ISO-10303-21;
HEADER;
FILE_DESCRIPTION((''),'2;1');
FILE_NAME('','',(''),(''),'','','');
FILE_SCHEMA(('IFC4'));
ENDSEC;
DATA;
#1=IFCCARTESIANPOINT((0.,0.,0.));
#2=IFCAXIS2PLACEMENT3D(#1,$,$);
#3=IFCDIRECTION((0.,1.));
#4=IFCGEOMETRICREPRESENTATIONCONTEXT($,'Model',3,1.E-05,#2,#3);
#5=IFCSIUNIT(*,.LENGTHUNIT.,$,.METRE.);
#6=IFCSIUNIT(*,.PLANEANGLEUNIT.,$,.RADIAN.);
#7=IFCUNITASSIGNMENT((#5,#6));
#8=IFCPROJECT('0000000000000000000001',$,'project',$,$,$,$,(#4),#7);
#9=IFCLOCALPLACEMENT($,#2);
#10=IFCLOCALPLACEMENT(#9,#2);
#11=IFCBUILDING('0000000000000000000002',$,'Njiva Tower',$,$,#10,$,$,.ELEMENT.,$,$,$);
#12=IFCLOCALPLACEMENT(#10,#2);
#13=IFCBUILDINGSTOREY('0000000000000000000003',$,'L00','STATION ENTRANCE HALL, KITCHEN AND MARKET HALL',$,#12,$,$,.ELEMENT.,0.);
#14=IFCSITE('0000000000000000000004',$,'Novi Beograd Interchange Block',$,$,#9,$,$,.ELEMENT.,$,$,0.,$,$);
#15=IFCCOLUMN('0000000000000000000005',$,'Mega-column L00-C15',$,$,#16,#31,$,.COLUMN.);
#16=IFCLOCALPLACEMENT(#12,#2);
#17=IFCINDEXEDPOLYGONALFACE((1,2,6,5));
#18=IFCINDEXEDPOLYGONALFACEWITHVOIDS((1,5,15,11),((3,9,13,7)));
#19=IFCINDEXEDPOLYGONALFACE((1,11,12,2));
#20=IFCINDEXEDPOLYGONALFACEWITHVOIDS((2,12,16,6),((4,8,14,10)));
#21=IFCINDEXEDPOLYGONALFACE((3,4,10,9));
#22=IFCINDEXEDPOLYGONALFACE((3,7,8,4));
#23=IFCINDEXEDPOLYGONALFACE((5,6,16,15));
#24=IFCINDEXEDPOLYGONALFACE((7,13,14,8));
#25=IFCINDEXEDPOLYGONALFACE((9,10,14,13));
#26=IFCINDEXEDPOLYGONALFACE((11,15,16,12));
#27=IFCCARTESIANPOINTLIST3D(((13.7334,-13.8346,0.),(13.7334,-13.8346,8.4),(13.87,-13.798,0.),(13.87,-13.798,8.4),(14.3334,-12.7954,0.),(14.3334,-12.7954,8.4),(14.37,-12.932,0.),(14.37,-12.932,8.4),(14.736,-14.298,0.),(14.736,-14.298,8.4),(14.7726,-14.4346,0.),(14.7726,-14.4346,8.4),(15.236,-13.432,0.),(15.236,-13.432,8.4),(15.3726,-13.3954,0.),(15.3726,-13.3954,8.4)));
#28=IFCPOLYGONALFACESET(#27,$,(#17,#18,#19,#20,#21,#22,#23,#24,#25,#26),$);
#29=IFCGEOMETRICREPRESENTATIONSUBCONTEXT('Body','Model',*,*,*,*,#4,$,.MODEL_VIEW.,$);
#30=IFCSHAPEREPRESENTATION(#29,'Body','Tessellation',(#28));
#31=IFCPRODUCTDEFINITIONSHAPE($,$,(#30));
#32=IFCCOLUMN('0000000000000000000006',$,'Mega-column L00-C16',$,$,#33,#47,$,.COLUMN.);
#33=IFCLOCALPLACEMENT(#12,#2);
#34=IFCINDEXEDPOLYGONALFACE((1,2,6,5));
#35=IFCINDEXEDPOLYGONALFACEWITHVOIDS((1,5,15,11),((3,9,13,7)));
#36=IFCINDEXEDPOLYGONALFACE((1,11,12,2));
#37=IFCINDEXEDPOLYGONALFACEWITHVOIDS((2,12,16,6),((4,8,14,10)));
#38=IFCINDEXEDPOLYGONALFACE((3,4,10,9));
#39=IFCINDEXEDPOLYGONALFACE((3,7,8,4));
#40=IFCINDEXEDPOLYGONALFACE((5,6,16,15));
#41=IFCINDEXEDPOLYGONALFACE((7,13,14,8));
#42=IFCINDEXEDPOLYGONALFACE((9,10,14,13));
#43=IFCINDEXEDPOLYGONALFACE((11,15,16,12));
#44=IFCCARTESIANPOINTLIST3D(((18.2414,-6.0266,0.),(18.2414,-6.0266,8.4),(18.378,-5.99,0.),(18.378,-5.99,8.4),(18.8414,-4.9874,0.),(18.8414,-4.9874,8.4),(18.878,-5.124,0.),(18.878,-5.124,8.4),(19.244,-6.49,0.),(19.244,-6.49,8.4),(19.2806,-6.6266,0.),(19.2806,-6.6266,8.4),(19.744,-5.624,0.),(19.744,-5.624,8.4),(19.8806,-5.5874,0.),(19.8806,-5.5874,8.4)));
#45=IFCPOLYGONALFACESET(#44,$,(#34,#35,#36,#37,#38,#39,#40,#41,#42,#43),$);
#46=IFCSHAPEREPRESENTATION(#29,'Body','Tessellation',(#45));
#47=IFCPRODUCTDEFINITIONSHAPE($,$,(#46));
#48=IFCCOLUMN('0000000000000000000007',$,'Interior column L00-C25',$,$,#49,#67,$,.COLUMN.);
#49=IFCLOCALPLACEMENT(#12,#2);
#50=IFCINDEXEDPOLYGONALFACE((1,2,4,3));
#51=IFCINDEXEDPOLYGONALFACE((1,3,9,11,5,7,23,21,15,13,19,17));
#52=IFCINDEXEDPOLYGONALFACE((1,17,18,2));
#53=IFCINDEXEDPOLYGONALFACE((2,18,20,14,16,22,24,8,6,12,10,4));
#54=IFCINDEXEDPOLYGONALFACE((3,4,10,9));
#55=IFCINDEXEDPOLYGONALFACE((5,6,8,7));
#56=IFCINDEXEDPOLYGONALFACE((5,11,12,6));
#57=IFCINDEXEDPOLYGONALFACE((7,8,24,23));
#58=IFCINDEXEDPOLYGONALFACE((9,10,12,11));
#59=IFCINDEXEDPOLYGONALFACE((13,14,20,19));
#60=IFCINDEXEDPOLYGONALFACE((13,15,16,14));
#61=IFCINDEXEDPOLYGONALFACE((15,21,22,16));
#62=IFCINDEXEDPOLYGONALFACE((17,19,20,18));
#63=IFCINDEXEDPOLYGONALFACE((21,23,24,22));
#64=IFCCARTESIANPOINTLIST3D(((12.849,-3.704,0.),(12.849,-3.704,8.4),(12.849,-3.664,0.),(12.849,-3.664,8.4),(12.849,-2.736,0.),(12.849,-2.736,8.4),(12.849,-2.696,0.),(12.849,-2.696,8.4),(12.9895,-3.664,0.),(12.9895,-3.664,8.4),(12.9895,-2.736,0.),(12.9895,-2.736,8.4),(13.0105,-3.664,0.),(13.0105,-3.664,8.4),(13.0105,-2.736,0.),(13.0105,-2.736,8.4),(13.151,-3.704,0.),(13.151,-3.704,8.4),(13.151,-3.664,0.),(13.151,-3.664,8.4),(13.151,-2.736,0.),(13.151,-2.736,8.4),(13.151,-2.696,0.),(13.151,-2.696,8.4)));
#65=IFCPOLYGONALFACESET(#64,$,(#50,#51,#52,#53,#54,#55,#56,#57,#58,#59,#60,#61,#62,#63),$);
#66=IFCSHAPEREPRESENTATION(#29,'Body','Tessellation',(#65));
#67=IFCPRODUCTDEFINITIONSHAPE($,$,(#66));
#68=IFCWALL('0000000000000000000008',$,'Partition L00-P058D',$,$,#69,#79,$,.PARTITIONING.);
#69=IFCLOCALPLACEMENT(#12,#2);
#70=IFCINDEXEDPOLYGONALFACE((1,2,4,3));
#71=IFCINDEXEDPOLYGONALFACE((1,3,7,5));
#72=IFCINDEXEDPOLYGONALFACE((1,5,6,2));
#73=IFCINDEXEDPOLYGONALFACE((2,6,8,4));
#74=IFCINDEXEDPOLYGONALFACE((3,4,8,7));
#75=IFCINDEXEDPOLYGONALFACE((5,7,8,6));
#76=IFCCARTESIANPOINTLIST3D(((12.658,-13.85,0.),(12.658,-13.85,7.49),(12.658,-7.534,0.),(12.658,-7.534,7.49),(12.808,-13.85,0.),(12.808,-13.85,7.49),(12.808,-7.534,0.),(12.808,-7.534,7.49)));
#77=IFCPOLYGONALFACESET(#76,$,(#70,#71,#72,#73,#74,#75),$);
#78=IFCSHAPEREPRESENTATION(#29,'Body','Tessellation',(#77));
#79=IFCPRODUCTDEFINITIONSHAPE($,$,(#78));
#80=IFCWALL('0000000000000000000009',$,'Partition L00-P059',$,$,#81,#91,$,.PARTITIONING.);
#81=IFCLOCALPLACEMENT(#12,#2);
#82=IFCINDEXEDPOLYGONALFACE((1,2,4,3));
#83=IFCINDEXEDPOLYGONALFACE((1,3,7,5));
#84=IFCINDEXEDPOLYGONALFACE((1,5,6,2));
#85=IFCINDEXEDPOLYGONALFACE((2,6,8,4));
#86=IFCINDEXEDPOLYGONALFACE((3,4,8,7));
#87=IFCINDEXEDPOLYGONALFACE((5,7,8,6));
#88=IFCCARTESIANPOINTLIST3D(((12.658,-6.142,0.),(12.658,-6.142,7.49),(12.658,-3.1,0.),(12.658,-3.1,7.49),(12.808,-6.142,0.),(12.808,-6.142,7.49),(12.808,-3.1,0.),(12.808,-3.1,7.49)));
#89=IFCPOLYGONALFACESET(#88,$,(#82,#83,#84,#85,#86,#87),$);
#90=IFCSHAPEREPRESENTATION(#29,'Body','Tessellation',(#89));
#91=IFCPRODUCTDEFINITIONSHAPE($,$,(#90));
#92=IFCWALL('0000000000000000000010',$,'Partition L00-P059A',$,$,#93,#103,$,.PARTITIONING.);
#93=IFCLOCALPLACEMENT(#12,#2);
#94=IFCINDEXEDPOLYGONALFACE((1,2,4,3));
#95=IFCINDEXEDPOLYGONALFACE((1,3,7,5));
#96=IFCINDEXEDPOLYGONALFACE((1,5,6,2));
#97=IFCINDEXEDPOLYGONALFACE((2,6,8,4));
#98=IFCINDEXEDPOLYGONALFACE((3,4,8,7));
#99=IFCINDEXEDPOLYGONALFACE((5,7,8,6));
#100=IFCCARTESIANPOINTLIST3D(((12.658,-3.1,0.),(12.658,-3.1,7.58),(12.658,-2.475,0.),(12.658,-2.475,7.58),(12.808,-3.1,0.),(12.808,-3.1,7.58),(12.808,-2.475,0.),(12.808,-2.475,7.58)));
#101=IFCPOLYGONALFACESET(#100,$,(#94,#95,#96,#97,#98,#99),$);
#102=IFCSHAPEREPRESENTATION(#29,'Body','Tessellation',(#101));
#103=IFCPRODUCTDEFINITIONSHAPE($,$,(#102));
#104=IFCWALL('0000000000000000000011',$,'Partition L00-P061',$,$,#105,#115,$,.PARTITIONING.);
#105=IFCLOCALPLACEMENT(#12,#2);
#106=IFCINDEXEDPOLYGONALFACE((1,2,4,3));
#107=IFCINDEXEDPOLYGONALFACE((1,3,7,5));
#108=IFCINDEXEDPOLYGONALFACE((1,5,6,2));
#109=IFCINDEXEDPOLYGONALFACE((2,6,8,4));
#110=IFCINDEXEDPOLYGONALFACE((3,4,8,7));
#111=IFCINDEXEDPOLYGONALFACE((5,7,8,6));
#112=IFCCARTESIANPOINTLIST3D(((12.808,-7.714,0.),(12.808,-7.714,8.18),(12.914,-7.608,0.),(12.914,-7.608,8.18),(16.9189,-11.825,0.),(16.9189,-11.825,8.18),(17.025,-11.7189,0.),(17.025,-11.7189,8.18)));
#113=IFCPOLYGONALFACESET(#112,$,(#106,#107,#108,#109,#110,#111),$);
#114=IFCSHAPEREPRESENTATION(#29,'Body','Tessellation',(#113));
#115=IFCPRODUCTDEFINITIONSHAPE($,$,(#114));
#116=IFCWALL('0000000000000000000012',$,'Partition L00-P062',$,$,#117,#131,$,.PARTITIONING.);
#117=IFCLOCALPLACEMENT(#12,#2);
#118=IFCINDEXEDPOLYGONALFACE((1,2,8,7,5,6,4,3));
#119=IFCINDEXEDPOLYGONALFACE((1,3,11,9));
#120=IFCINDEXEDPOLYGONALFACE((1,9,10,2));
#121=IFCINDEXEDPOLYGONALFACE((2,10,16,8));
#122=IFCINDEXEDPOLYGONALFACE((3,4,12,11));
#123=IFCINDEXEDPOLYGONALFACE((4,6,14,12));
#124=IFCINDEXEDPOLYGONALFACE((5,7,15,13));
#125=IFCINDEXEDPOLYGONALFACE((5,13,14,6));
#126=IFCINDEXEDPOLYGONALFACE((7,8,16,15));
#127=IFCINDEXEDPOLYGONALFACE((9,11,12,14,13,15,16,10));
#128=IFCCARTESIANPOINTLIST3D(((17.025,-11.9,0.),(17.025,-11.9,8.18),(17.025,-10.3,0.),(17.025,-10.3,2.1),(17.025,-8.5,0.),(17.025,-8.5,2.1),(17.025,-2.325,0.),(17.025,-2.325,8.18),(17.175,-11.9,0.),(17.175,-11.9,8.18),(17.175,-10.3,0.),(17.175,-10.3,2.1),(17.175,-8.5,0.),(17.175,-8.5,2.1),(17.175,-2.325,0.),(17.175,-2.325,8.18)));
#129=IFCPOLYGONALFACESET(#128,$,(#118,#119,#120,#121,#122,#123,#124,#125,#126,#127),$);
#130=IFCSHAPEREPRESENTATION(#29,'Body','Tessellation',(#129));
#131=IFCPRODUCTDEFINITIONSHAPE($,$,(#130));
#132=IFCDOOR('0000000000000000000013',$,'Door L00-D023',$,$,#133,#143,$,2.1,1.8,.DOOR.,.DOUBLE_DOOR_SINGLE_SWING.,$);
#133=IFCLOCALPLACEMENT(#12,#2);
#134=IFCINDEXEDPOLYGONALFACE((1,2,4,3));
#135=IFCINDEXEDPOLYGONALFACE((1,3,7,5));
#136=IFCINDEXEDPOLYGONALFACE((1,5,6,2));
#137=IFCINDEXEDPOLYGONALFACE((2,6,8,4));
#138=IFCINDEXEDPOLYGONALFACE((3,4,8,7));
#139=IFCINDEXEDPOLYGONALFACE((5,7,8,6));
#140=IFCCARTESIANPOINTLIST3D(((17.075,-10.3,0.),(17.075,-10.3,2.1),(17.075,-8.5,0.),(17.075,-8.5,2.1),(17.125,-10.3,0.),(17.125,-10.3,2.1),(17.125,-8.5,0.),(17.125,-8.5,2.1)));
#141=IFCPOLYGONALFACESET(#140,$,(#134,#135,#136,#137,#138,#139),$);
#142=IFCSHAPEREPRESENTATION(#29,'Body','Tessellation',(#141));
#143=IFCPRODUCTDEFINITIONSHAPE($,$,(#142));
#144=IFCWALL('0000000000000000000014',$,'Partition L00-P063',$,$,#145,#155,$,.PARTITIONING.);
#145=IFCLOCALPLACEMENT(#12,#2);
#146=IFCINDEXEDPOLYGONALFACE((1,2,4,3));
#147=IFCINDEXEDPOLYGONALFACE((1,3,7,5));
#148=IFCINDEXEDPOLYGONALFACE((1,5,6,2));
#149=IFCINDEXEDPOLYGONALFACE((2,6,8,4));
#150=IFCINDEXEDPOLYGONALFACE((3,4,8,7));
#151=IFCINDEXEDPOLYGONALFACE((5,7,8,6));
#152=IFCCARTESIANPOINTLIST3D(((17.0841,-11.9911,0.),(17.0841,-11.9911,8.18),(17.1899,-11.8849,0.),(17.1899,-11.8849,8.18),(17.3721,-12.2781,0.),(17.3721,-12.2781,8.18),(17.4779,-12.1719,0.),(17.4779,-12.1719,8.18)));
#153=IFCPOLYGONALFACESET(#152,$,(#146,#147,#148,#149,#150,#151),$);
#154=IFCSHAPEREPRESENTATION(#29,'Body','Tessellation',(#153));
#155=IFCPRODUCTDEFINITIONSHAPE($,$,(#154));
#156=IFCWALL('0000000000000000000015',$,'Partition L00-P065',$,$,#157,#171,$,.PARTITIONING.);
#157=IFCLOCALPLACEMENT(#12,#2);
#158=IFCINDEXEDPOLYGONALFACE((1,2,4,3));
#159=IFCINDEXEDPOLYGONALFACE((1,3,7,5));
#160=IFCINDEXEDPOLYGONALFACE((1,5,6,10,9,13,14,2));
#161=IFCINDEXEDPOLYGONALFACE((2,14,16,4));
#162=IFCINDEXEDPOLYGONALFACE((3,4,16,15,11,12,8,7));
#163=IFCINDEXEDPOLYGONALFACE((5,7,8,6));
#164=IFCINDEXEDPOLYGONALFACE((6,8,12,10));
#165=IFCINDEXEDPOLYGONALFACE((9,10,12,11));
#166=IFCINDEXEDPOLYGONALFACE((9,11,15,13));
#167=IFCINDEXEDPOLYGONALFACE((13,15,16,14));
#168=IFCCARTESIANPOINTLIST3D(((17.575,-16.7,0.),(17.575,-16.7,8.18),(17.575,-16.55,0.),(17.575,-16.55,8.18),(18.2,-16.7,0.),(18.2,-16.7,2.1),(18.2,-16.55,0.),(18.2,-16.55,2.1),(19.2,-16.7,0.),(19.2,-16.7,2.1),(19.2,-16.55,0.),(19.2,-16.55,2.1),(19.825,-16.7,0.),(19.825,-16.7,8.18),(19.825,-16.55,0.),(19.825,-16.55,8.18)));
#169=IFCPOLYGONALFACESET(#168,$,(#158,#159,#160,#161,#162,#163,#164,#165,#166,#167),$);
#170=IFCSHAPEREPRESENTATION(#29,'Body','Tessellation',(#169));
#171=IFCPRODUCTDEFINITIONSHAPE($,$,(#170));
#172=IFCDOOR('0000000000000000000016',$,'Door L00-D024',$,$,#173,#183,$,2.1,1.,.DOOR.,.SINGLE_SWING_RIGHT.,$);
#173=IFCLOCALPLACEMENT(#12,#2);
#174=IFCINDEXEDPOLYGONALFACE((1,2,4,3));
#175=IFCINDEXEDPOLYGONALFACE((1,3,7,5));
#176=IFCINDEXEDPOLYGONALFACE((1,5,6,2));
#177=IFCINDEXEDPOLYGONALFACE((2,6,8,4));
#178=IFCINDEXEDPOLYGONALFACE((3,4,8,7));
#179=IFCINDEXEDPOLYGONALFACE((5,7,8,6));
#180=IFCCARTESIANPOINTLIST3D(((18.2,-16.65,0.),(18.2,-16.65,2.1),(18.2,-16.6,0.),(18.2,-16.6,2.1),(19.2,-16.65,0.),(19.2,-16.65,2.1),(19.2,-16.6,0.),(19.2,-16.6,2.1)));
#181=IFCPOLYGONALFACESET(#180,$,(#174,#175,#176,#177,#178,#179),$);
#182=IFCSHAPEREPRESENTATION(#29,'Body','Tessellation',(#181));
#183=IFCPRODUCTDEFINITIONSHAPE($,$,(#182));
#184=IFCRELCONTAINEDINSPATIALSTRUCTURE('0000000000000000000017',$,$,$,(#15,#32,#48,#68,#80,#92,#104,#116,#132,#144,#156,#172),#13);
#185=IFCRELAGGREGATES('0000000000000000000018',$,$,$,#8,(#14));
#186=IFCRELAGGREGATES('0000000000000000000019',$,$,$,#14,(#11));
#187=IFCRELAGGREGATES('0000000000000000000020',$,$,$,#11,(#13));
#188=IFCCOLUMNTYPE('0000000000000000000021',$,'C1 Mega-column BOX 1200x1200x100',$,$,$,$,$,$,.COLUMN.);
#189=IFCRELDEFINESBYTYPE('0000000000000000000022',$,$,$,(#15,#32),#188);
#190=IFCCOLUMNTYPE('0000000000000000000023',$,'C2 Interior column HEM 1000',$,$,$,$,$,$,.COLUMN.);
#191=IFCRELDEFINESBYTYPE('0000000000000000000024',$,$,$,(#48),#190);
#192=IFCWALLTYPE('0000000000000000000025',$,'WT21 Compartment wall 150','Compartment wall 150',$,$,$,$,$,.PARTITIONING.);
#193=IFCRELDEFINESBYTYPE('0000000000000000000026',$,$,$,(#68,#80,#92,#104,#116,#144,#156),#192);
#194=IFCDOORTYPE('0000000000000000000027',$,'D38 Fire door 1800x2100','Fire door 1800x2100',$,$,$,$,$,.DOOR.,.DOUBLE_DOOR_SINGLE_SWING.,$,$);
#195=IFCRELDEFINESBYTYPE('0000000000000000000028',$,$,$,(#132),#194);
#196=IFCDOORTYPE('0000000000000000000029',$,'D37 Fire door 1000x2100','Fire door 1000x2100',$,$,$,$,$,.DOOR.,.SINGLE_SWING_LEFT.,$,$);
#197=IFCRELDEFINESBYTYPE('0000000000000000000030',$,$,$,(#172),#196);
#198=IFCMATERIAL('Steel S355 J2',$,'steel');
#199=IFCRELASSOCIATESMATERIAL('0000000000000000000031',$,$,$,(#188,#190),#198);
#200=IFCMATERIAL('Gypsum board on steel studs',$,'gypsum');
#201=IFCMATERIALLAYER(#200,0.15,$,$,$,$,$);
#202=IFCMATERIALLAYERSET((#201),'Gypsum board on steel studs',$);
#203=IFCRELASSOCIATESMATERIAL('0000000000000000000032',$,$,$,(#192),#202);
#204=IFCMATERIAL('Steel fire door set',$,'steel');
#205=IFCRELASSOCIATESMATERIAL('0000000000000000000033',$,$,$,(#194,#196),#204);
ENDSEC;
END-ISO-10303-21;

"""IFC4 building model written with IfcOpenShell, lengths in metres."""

from ifc_helpers import new_model, si_unit, direction, frame, frame_2d, origin, origin_2d, place, context, subcontext, project, spatial, rectangle, hollow_rectangle, i_section, extrude, material, layer, layer_set, material_profile, profile_set, type_object, element, fill, save


model = new_model("IFC4")

# Units and contexts
model_context = context("Model", 3, precision=1e-05, world=origin(), true_north=direction((0.0, 1.0)))
body_context = subcontext(model_context, "Body", "Model", "MODEL_VIEW")
ifc_project = project(units=[si_unit("LENGTHUNIT", "METRE"), si_unit("PLANEANGLEUNIT", "RADIAN")], contexts=[model_context])

# Site, building, storey
site_placement = place(None, origin())
site = spatial("IfcSite", under=ifc_project, at=site_placement, Name="Novi Beograd Interchange Block", CompositionType="ELEMENT", RefElevation=0.0)
building_placement = place(site_placement, origin())
building = spatial("IfcBuilding", under=site, at=building_placement, Name="Njiva Tower", CompositionType="ELEMENT")
storey_placement = place(building_placement, origin())
storey = spatial("IfcBuildingStorey", under=building, at=storey_placement, Name="L00", Description="STATION ENTRANCE HALL, KITCHEN AND MARKET HALL", CompositionType="ELEMENT", Elevation=0.0)

# Columns
ifc_material_1 = material(Name="Steel S355 J2", Category="steel")
ifc_material_profile_1 = material_profile(ifc_material_1, hollow_rectangle(XDim=1.2, YDim=1.2, WallThickness=0.1, at=origin_2d()), Name="BOX 1200x1200x100")
ifc_profile_set_1 = profile_set([ifc_material_profile_1], Name="Steel S355 J2")
column_type_1 = type_object("IfcColumnType", Name="C1 Mega-column BOX 1200x1200x100", PredefinedType="COLUMN", material=ifc_profile_set_1)
for number, where, z_axis, x_axis, name in (
    (1, (14.553, -13.615, 0.0), (0.0, 0.0, 1.0), (0.5, 0.866025, 0.0), "Mega-column L00-C15"),
    (2, (19.061, -5.807, 0.0), (0.0, 0.0, 1.0), (0.5, 0.866025, 0.0), "Mega-column L00-C16"),
):
    element("IfcColumn", number, at=place(storey_placement, frame(where, z_axis=z_axis, x_axis=x_axis)), inside=storey, type_object=column_type_1, Name=name, PredefinedType="COLUMN", context=body_context, shape_type="SweptSolid", body=[
        extrude(hollow_rectangle(XDim=1.2, YDim=1.2, WallThickness=0.1, at=origin_2d()), origin(), (0.0, 0.0, 1.0), 8.4),
    ])
ifc_material_profile_2 = material_profile(ifc_material_1, i_section(OverallWidth=0.302, OverallDepth=1.008, WebThickness=0.021, FlangeThickness=0.04, at=origin_2d()), Name="HEM 1000")
ifc_profile_set_2 = profile_set([ifc_material_profile_2], Name="Steel S355 J2")
column_type_2 = type_object("IfcColumnType", Name="C2 Interior column HEM 1000", PredefinedType="COLUMN", material=ifc_profile_set_2)
column_placement = place(storey_placement, frame((13.0, -3.2, 0.0), z_axis=(0.0, 0.0, 1.0), x_axis=(1.0, 0.0, 0.0)))
element("IfcColumn", 3, at=column_placement, inside=storey, type_object=column_type_2, Name="Interior column L00-C25", PredefinedType="COLUMN", context=body_context, shape_type="SweptSolid", body=[
    extrude(i_section(OverallWidth=0.302, OverallDepth=1.008, WebThickness=0.021, FlangeThickness=0.04, at=origin_2d()), origin(), (0.0, 0.0, 1.0), 8.4),
])

# Walls
ifc_material_2 = material(Name="Gypsum board on steel studs", Category="gypsum")
ifc_layer = layer(ifc_material_2, 0.15)
ifc_layer_set = layer_set([ifc_layer], Name="Gypsum board on steel studs")
wall_type = type_object("IfcWallType", Name="WT21 Compartment wall 150", Description="Compartment wall 150", PredefinedType="PARTITIONING", material=ifc_layer_set)
wall_1_placement = place(storey_placement, frame((12.733, -13.85, 0.0), z_axis=(0.0, 0.0, 1.0), x_axis=(0.0, 1.0, 0.0)))
element("IfcWall", 4, at=wall_1_placement, inside=storey, type_object=wall_type, Name="Partition L00-P058D", PredefinedType="PARTITIONING", context=body_context, shape_type="SweptSolid", body=[
    extrude(rectangle(XDim=6.316, YDim=0.15, at=frame_2d((3.158, 0.0))), origin(), (0.0, 0.0, 1.0), 7.49),
])
wall_2_placement = place(storey_placement, frame((12.733, -6.142, 0.0), z_axis=(0.0, 0.0, 1.0), x_axis=(0.0, 1.0, 0.0)))
element("IfcWall", 5, at=wall_2_placement, inside=storey, type_object=wall_type, Name="Partition L00-P059", PredefinedType="PARTITIONING", context=body_context, shape_type="SweptSolid", body=[
    extrude(rectangle(XDim=3.042, YDim=0.15, at=frame_2d((1.521, 0.0))), origin(), (0.0, 0.0, 1.0), 7.49),
])
wall_3_placement = place(storey_placement, frame((12.733, -3.1, 0.0), z_axis=(0.0, 0.0, 1.0), x_axis=(0.0, 1.0, 0.0)))
element("IfcWall", 6, at=wall_3_placement, inside=storey, type_object=wall_type, Name="Partition L00-P059A", PredefinedType="PARTITIONING", context=body_context, shape_type="SweptSolid", body=[
    extrude(rectangle(XDim=0.625, YDim=0.15, at=frame_2d((0.3125, 0.0))), origin(), (0.0, 0.0, 1.0), 7.58),
])
wall_4_placement = place(storey_placement, frame((12.861, -7.661, 0.0), z_axis=(0.0, 0.0, 1.0), x_axis=(0.707107, -0.707107, 0.0)))
element("IfcWall", 7, at=wall_4_placement, inside=storey, type_object=wall_type, Name="Partition L00-P061", PredefinedType="PARTITIONING", context=body_context, shape_type="SweptSolid", body=[
    extrude(rectangle(XDim=5.8138, YDim=0.15, at=frame_2d((2.9069, 0.0))), origin(), (0.0, 0.0, 1.0), 8.18),
])

# Wall, opening, door
wall_5_placement = place(storey_placement, frame((17.1, -11.9, 0.0), z_axis=(0.0, 0.0, 1.0), x_axis=(0.0, 1.0, 0.0)))
wall_5 = element("IfcWall", 8, at=wall_5_placement, inside=storey, type_object=wall_type, Name="Partition L00-P062", PredefinedType="PARTITIONING", context=body_context, shape_type="SweptSolid", body=[
    extrude(rectangle(XDim=9.575, YDim=0.15, at=frame_2d((4.7875, 0.0))), origin(), (0.0, 0.0, 1.0), 8.18),
])
opening_1_placement = place(wall_5_placement, frame((1.6, 0.0, 0.0)))
opening_1 = element("IfcOpeningElement", 9, at=opening_1_placement, cuts=wall_5, PredefinedType="OPENING", context=body_context, shape_type="SweptSolid", body=[
    extrude(rectangle(XDim=1.8, YDim=2.1, at=frame_2d((0.9, 1.05))), frame((0.0, 0.085, 0.0), z_axis=(0.0, -1.0, 0.0), x_axis=(1.0, 0.0, 0.0)), (0.0, 0.0, 1.0), 0.17),
])
ifc_material_3 = material(Name="Steel fire door set", Category="steel")
door_type_1 = type_object("IfcDoorType", Name="D38 Fire door 1800x2100", Description="Fire door 1800x2100", OperationType="DOUBLE_DOOR_SINGLE_SWING", PredefinedType="DOOR", material=ifc_material_3)
door_1_placement = place(opening_1_placement, origin())
door_1 = element("IfcDoor", 10, at=door_1_placement, inside=storey, type_object=door_type_1, Name="Door L00-D023", OperationType="DOUBLE_DOOR_SINGLE_SWING", OverallHeight=2.1, OverallWidth=1.8, PredefinedType="DOOR", context=body_context, shape_type="SweptSolid", body=[
    extrude(rectangle(XDim=1.8, YDim=2.1, at=frame_2d((0.9, 1.05))), frame((0.0, 0.025, 0.0), z_axis=(0.0, -1.0, 0.0), x_axis=(1.0, 0.0, 0.0)), (0.0, 0.0, 1.0), 0.05),
])
fill(opening_1, door_1)

# Wall
wall_6_placement = place(storey_placement, frame((17.137, -11.938, 0.0), z_axis=(0.0, 0.0, 1.0), x_axis=(0.708335, -0.705876, 0.0)))
element("IfcWall", 11, at=wall_6_placement, inside=storey, type_object=wall_type, Name="Partition L00-P063", PredefinedType="PARTITIONING", context=body_context, shape_type="SweptSolid", body=[
    extrude(rectangle(XDim=0.4066, YDim=0.15, at=frame_2d((0.2033, 0.0))), origin(), (0.0, 0.0, 1.0), 8.18),
])

# Wall, opening, door
wall_7_placement = place(storey_placement, frame((17.575, -16.625, 0.0), z_axis=(0.0, 0.0, 1.0), x_axis=(1.0, 0.0, 0.0)))
wall_7 = element("IfcWall", 12, at=wall_7_placement, inside=storey, type_object=wall_type, Name="Partition L00-P065", PredefinedType="PARTITIONING", context=body_context, shape_type="SweptSolid", body=[
    extrude(rectangle(XDim=2.25, YDim=0.15, at=frame_2d((1.125, 0.0))), origin(), (0.0, 0.0, 1.0), 8.18),
])
opening_2_placement = place(wall_7_placement, frame((0.625, 0.0, 0.0)))
opening_2 = element("IfcOpeningElement", 13, at=opening_2_placement, cuts=wall_7, PredefinedType="OPENING", context=body_context, shape_type="SweptSolid", body=[
    extrude(rectangle(XDim=1.0, YDim=2.1, at=frame_2d((0.5, 1.05))), frame((0.0, 0.085, 0.0), z_axis=(0.0, -1.0, 0.0), x_axis=(1.0, 0.0, 0.0)), (0.0, 0.0, 1.0), 0.17),
])
door_type_2 = type_object("IfcDoorType", Name="D37 Fire door 1000x2100", Description="Fire door 1000x2100", OperationType="SINGLE_SWING_LEFT", PredefinedType="DOOR", material=ifc_material_3)
door_2_placement = place(opening_2_placement, origin())
door_2 = element("IfcDoor", 14, at=door_2_placement, inside=storey, type_object=door_type_2, Name="Door L00-D024", OperationType="SINGLE_SWING_RIGHT", OverallHeight=2.1, OverallWidth=1.0, PredefinedType="DOOR", context=body_context, shape_type="SweptSolid", body=[
    extrude(rectangle(XDim=1.0, YDim=2.1, at=frame_2d((0.5, 1.05))), frame((0.0, 0.025, 0.0), z_axis=(0.0, -1.0, 0.0), x_axis=(1.0, 0.0, 0.0)), (0.0, 0.0, 1.0), 0.05),
])
fill(opening_2, door_2)

save(model, "model.ifc")
